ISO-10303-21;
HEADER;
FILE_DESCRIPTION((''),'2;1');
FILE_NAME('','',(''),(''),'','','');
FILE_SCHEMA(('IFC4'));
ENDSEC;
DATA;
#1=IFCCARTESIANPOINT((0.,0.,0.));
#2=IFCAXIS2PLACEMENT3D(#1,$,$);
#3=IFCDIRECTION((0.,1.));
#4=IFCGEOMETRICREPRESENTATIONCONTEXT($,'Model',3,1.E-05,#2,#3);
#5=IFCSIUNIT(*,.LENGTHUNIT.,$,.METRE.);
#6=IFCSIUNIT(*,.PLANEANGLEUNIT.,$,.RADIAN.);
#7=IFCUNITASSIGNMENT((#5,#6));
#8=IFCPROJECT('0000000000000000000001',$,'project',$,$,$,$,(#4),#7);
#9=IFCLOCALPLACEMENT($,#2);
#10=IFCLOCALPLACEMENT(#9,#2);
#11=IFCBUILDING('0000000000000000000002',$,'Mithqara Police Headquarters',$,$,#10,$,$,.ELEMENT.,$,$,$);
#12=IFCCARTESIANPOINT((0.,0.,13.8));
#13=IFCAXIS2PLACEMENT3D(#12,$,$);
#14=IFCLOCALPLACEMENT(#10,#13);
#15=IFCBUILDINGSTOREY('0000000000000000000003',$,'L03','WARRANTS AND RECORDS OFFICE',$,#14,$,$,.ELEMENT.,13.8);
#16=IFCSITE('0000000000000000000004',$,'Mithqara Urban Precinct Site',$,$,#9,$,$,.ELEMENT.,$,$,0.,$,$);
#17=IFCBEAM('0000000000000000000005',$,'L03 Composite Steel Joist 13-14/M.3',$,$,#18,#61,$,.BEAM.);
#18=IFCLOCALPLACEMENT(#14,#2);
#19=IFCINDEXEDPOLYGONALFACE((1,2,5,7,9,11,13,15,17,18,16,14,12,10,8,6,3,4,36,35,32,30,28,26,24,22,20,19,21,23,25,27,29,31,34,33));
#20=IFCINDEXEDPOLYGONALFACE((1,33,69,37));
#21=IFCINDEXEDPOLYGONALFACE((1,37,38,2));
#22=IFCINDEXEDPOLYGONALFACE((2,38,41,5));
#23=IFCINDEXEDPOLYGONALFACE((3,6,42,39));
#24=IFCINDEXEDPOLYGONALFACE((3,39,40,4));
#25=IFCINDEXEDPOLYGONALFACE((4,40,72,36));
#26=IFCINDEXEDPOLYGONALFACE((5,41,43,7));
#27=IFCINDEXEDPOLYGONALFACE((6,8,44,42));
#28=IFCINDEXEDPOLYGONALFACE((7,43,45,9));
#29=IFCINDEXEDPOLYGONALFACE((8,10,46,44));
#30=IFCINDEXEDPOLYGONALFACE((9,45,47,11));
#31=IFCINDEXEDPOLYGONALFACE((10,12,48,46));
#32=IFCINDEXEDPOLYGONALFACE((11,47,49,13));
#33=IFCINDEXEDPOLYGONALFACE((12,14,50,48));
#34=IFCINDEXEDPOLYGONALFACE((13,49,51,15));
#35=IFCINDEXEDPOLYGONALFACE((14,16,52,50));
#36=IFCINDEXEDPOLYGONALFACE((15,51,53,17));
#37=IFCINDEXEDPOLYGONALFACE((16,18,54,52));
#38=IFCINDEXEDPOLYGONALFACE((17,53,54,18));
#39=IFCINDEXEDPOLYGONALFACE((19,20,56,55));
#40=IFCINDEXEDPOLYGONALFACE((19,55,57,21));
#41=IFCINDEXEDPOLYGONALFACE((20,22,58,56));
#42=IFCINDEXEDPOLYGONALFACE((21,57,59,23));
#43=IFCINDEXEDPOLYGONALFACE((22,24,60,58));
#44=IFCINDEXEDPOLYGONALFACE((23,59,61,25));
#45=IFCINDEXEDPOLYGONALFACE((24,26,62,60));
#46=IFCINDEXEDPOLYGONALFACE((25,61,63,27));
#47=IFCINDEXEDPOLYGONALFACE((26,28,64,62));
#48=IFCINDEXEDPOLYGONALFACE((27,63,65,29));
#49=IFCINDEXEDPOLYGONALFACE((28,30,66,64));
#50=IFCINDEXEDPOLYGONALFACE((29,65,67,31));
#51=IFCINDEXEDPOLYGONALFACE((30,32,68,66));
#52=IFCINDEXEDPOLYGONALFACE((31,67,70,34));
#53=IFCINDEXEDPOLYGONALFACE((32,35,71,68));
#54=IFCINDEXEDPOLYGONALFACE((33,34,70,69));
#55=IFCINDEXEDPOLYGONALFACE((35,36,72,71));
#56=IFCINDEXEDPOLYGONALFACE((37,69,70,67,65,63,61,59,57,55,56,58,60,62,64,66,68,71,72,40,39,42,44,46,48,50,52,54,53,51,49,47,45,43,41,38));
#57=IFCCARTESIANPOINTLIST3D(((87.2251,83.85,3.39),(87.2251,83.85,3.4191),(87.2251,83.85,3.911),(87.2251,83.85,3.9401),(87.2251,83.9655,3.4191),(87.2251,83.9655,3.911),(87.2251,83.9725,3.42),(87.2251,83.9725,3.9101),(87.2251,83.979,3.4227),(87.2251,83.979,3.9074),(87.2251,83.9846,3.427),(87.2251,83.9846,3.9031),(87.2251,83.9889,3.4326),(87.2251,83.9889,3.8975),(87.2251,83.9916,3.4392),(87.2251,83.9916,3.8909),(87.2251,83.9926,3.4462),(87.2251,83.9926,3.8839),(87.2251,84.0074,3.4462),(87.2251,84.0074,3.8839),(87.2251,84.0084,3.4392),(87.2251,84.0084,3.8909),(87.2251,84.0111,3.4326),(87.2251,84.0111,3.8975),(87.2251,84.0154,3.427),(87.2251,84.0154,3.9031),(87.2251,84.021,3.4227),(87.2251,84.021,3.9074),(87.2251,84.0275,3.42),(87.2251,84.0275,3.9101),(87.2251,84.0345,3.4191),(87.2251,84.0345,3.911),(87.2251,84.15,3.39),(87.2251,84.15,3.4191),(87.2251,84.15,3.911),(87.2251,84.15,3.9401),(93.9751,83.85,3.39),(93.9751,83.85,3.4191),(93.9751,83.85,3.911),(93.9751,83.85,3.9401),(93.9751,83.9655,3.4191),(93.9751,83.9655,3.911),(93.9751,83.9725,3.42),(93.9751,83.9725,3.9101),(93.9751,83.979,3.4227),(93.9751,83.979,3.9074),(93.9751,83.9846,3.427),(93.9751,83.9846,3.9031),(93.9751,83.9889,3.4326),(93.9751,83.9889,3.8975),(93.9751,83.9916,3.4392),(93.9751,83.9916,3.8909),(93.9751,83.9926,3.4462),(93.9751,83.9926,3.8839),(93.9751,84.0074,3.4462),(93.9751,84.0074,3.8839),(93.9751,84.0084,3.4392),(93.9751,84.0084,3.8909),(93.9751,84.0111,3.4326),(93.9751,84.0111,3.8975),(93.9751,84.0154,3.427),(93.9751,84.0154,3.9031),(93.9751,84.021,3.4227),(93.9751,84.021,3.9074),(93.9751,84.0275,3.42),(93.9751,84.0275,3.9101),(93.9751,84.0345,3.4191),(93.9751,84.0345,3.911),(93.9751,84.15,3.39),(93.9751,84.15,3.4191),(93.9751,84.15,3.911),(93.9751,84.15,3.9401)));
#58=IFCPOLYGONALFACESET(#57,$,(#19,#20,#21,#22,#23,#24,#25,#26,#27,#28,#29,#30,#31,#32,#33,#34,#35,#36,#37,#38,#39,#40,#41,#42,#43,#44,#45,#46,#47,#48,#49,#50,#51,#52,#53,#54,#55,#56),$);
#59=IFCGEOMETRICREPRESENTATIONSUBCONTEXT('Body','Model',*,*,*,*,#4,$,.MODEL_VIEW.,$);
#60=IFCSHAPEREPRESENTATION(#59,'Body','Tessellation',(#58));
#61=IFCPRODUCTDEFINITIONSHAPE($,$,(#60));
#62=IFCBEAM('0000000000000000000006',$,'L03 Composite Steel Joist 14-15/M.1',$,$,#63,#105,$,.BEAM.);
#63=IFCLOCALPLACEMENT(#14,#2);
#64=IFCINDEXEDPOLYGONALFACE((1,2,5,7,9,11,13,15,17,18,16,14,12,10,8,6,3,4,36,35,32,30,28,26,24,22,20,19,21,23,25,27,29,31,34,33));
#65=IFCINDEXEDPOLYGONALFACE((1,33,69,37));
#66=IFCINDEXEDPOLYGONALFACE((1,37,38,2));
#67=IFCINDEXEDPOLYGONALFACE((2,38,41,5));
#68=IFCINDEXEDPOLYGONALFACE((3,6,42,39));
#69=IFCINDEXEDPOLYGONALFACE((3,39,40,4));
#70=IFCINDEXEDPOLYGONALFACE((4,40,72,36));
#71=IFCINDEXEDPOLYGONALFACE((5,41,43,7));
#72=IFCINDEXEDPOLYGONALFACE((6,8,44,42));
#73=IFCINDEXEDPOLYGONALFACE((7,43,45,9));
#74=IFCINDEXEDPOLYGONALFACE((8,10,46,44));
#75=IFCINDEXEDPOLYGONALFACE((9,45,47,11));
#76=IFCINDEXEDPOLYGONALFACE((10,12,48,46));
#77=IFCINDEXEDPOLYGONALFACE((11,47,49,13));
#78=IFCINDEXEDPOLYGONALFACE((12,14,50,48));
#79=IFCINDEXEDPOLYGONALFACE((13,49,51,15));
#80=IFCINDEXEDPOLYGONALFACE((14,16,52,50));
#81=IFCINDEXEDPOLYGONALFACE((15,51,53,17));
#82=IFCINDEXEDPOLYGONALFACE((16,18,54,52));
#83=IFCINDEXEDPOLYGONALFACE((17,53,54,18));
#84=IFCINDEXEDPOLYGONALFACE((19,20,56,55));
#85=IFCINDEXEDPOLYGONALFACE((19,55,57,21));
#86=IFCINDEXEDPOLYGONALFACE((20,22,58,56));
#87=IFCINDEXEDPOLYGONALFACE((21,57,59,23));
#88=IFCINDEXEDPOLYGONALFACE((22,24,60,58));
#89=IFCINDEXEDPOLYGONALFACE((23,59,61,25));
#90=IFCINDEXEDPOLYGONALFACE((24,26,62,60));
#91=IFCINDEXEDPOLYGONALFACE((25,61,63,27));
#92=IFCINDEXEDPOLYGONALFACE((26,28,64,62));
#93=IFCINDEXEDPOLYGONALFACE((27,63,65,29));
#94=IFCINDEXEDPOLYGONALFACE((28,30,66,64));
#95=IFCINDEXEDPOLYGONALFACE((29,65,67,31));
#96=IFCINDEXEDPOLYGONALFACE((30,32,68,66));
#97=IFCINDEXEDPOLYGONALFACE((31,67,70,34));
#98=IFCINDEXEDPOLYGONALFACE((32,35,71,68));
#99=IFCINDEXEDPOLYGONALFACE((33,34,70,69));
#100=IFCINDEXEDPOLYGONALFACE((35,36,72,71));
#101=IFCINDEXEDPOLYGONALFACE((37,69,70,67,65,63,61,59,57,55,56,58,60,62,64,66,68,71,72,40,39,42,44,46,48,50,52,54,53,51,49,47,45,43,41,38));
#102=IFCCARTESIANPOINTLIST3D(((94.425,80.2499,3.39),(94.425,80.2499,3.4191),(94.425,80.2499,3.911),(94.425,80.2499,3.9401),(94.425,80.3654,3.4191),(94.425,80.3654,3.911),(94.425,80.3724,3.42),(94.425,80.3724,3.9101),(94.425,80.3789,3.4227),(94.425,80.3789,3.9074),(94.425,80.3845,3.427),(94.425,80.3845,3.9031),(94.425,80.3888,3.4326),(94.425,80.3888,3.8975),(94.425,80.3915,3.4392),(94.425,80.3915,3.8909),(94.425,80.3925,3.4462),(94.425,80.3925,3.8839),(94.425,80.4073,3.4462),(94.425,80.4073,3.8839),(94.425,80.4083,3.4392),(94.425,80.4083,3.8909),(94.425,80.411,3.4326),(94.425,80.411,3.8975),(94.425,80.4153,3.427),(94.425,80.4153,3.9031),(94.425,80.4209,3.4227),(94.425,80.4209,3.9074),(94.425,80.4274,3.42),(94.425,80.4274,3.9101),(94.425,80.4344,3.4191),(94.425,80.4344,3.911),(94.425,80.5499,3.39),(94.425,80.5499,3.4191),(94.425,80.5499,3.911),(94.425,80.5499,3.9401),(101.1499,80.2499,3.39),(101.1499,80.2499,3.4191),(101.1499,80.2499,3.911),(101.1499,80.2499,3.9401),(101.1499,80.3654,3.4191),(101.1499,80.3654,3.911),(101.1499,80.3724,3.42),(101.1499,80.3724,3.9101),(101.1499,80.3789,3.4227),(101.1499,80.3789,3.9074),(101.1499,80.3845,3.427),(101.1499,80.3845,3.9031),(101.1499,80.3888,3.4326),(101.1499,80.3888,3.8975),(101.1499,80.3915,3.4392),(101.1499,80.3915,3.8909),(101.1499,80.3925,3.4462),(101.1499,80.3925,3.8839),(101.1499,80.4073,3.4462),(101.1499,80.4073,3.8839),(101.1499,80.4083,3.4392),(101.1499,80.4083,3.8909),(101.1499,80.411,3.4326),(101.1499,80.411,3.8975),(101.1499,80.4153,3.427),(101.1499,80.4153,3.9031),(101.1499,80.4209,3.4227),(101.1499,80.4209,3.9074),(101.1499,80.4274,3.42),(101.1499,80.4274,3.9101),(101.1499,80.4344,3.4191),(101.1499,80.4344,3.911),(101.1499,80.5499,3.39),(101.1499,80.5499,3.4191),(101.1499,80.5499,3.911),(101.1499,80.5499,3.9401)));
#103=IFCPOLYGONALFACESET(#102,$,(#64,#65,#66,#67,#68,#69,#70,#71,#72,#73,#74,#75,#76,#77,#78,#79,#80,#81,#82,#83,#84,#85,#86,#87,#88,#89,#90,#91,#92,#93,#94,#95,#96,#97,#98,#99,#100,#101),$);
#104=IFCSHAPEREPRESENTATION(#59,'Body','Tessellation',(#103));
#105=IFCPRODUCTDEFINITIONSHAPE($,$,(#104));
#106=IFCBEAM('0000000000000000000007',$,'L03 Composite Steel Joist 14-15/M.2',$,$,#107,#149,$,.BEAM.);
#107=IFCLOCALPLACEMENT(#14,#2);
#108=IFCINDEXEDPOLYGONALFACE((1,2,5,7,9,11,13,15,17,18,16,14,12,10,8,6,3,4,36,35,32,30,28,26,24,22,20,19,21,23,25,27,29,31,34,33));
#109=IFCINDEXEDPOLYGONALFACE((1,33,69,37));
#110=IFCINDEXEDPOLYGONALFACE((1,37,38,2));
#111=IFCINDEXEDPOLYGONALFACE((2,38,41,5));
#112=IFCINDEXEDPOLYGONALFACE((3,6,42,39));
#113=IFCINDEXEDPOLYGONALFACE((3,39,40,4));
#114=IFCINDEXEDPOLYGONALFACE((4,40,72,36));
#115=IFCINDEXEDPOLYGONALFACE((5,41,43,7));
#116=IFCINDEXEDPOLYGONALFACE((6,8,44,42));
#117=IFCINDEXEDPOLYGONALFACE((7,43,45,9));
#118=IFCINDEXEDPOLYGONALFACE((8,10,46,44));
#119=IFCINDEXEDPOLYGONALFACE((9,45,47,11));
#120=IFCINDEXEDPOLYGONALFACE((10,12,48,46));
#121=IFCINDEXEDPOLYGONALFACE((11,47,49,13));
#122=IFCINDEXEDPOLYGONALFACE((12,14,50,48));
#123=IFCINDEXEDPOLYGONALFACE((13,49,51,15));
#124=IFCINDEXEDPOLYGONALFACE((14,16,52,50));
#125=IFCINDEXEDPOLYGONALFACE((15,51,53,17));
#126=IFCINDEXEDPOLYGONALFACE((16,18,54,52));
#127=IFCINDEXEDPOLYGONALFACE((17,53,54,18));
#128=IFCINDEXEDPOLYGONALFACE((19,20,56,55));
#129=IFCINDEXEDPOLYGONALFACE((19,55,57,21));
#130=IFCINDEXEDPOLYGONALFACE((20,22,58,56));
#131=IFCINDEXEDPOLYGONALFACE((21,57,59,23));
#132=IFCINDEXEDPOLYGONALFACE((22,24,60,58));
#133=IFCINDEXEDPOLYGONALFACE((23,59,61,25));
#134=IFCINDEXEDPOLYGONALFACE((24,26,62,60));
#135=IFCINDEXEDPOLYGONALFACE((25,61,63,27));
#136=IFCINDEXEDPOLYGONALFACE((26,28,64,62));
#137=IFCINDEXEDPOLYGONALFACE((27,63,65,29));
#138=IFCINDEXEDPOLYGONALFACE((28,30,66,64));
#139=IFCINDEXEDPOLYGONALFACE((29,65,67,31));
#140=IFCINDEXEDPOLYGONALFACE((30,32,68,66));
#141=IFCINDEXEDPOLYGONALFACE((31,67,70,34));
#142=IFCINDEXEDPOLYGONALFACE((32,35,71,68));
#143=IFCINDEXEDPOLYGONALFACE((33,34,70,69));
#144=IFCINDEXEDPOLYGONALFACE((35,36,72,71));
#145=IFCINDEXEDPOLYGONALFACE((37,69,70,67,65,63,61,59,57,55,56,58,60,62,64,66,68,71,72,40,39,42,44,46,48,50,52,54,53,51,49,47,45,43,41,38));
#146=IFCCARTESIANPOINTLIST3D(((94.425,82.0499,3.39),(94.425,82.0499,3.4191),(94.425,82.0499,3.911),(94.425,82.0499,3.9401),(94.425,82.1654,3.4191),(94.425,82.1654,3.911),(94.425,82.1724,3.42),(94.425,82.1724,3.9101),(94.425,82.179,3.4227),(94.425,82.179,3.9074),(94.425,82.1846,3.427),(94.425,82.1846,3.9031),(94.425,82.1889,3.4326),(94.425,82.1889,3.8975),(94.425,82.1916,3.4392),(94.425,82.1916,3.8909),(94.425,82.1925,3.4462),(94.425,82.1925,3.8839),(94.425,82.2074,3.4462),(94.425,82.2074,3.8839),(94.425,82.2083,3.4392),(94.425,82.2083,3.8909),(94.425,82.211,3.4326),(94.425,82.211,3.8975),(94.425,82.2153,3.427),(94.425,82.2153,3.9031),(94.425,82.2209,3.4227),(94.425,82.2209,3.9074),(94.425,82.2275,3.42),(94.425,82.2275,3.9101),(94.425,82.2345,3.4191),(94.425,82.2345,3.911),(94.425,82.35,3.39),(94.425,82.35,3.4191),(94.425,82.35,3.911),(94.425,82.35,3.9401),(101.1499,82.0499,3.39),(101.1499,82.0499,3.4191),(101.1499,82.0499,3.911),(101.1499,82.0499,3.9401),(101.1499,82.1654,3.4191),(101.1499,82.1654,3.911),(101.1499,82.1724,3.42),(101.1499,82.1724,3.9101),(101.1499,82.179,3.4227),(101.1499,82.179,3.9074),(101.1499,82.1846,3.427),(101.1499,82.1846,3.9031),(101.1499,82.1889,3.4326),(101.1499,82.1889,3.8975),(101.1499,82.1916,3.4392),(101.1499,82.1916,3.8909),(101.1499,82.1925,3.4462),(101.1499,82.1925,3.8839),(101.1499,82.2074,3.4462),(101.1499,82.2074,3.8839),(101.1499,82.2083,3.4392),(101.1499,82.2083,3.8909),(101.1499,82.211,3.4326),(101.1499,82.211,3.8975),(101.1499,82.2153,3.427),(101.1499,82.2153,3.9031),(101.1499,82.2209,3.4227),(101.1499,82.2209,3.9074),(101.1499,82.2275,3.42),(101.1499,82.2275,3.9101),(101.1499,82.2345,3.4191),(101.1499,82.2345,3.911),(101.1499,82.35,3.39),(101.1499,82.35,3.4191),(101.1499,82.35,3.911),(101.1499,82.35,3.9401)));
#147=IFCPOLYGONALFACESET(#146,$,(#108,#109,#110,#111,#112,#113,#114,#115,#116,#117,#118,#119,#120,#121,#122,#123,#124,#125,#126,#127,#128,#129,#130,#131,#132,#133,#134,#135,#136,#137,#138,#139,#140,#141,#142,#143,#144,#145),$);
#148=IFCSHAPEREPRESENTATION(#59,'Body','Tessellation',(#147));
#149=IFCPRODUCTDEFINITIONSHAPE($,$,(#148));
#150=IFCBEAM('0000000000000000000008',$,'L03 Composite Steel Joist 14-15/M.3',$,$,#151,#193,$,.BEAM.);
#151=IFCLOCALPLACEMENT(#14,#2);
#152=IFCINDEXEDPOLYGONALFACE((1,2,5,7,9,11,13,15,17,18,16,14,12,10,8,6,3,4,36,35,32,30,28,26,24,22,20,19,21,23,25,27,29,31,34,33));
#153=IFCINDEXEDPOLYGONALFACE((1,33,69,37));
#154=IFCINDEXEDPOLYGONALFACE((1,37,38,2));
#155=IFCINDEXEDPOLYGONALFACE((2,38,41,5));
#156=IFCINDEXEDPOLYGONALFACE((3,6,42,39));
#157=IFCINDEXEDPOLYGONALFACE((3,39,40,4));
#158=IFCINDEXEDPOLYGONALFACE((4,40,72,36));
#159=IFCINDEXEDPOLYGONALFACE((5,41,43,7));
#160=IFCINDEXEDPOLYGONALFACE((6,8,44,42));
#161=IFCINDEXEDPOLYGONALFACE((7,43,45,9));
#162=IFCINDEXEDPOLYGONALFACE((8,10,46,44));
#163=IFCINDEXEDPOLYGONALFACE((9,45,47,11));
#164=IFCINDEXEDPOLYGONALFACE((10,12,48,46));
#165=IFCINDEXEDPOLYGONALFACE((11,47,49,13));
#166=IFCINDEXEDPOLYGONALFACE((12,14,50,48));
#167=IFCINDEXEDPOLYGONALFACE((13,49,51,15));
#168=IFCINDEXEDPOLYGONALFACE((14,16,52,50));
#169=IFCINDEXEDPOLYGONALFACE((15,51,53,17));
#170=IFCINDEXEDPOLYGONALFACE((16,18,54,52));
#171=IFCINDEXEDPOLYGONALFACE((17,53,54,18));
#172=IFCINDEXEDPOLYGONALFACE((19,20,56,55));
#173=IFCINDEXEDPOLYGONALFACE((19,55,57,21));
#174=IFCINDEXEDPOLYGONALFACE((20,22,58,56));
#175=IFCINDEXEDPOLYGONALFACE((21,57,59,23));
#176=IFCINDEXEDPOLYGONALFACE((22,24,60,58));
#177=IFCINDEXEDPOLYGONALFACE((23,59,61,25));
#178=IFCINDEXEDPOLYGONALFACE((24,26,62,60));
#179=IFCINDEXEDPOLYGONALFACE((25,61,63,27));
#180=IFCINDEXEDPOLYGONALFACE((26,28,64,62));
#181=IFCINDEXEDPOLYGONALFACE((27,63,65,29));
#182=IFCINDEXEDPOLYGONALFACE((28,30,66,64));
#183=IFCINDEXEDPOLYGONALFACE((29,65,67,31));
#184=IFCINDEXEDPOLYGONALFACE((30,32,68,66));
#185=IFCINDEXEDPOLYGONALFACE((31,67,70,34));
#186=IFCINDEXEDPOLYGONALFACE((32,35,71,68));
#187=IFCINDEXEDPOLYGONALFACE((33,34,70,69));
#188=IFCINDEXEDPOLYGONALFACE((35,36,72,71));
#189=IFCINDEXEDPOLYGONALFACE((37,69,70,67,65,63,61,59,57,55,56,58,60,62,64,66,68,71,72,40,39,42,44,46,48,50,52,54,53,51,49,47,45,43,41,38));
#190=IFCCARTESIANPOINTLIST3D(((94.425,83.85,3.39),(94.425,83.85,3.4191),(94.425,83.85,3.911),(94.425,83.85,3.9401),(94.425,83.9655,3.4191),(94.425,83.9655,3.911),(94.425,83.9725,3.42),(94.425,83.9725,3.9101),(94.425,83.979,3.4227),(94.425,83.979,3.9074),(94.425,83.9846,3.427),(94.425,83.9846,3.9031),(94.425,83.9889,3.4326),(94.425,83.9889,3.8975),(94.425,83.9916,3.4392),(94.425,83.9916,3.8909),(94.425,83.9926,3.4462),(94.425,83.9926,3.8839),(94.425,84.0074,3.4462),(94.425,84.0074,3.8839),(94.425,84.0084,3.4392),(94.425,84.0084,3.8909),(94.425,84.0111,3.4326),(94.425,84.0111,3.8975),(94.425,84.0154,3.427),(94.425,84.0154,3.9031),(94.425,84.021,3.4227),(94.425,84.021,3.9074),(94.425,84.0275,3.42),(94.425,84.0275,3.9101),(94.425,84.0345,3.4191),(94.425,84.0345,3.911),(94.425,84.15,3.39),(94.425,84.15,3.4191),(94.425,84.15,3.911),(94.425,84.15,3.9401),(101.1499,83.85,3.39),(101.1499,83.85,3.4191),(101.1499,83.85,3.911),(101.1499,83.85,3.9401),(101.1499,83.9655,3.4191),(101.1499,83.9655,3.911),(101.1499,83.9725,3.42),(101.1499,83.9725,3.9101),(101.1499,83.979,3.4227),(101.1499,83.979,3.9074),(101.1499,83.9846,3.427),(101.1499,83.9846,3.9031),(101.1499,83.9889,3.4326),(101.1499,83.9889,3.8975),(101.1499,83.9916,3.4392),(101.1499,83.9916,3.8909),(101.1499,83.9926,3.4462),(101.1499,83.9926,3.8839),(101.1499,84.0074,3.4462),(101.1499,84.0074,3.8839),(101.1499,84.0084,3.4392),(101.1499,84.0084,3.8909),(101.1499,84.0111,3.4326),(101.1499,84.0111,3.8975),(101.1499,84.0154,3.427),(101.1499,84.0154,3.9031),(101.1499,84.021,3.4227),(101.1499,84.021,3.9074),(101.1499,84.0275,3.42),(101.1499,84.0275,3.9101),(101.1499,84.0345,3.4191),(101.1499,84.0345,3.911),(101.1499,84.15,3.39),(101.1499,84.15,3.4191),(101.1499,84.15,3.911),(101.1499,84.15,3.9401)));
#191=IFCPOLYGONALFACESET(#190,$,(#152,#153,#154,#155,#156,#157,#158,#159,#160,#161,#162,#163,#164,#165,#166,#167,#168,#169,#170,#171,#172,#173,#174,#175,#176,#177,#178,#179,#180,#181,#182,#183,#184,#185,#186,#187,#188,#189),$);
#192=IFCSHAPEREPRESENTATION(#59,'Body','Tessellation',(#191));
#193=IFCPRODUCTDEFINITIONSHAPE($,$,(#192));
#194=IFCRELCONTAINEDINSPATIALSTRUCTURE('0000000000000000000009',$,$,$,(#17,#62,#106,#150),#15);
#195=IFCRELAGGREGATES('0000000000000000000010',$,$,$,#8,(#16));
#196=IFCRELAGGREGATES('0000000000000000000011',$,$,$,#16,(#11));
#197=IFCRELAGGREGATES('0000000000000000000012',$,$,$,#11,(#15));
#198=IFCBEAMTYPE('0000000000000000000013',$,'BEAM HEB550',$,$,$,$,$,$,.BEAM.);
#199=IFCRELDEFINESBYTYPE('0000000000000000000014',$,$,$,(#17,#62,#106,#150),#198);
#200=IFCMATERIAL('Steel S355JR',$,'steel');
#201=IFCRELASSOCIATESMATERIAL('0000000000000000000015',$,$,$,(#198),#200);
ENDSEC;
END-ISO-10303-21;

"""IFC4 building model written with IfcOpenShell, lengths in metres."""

from ifc_helpers import new_model, si_unit, direction, frame, origin, origin_2d, place, context, subcontext, project, spatial, i_section, extrude, material, material_profile, profile_set, type_object, element, save


model = new_model("IFC4")

# Units and contexts
model_context = context("Model", 3, precision=1e-05, world=origin(), true_north=direction((0.0, 1.0)))
body_context = subcontext(model_context, "Body", "Model", "MODEL_VIEW")
ifc_project = project(units=[si_unit("LENGTHUNIT", "METRE"), si_unit("PLANEANGLEUNIT", "RADIAN")], contexts=[model_context])

# Site, building, storey
site_placement = place(None, origin())
site = spatial("IfcSite", under=ifc_project, at=site_placement, Name="Mithqara Urban Precinct Site", CompositionType="ELEMENT", RefElevation=0.0)
building_placement = place(site_placement, origin())
building = spatial("IfcBuilding", under=site, at=building_placement, Name="Mithqara Police Headquarters", CompositionType="ELEMENT")
storey_placement = place(building_placement, frame((0.0, 0.0, 13.8)))
storey = spatial("IfcBuildingStorey", under=building, at=storey_placement, Name="L03", Description="WARRANTS AND RECORDS OFFICE", CompositionType="ELEMENT", Elevation=13.8)

# Beams
ifc_material_1 = material(Name="Steel S355JR", Category="steel")
ifc_material_profile_1 = material_profile(ifc_material_1, i_section(OverallWidth=0.3, OverallDepth=0.55, WebThickness=0.0149, FlangeThickness=0.0291, FilletRadius=0.0271, at=origin_2d()), Name="HEB 550")
ifc_profile_set_1 = profile_set([ifc_material_profile_1], Name="Steel S355JR")
beam_type_1 = type_object("IfcBeamType", Name="BEAM HEB550", PredefinedType="BEAM", material=ifc_profile_set_1)
for number, where, z_axis, x_axis, name in (
    (1, (87.2251, 84.0, 3.665), (1.0, 0.0, 0.0), (0.0, 1.0, 0.0), "L03 Composite Steel Joist 13-14/M.3"),
):
    element("IfcBeam", number, at=place(storey_placement, frame(where, z_axis=z_axis, x_axis=x_axis)), inside=storey, type_object=beam_type_1, Name=name, PredefinedType="BEAM", context=body_context, shape_type="SweptSolid", body=[
        extrude(i_section(OverallWidth=0.3, OverallDepth=0.55, WebThickness=0.0149, FlangeThickness=0.0291, FilletRadius=0.0271, at=origin_2d()), origin(), (0.0, 0.0, 1.0), 6.75),
    ])
for number, where, z_axis, x_axis, name in (
    (2, (94.425, 80.3999, 3.665), (1.0, 0.0, 0.0), (0.0, 1.0, 0.0), "L03 Composite Steel Joist 14-15/M.1"),
    (3, (94.425, 82.2, 3.665), (1.0, 0.0, 0.0), (0.0, 1.0, 0.0), "L03 Composite Steel Joist 14-15/M.2"),
    (4, (94.425, 84.0, 3.665), (1.0, 0.0, 0.0), (0.0, 1.0, 0.0), "L03 Composite Steel Joist 14-15/M.3"),
):
    element("IfcBeam", number, at=place(storey_placement, frame(where, z_axis=z_axis, x_axis=x_axis)), inside=storey, type_object=beam_type_1, Name=name, PredefinedType="BEAM", context=body_context, shape_type="SweptSolid", body=[
        extrude(i_section(OverallWidth=0.3, OverallDepth=0.55, WebThickness=0.0149, FlangeThickness=0.0291, FilletRadius=0.0271, at=origin_2d()), origin(), (0.0, 0.0, 1.0), 6.7249),
    ])

save(model, "model.ifc")
